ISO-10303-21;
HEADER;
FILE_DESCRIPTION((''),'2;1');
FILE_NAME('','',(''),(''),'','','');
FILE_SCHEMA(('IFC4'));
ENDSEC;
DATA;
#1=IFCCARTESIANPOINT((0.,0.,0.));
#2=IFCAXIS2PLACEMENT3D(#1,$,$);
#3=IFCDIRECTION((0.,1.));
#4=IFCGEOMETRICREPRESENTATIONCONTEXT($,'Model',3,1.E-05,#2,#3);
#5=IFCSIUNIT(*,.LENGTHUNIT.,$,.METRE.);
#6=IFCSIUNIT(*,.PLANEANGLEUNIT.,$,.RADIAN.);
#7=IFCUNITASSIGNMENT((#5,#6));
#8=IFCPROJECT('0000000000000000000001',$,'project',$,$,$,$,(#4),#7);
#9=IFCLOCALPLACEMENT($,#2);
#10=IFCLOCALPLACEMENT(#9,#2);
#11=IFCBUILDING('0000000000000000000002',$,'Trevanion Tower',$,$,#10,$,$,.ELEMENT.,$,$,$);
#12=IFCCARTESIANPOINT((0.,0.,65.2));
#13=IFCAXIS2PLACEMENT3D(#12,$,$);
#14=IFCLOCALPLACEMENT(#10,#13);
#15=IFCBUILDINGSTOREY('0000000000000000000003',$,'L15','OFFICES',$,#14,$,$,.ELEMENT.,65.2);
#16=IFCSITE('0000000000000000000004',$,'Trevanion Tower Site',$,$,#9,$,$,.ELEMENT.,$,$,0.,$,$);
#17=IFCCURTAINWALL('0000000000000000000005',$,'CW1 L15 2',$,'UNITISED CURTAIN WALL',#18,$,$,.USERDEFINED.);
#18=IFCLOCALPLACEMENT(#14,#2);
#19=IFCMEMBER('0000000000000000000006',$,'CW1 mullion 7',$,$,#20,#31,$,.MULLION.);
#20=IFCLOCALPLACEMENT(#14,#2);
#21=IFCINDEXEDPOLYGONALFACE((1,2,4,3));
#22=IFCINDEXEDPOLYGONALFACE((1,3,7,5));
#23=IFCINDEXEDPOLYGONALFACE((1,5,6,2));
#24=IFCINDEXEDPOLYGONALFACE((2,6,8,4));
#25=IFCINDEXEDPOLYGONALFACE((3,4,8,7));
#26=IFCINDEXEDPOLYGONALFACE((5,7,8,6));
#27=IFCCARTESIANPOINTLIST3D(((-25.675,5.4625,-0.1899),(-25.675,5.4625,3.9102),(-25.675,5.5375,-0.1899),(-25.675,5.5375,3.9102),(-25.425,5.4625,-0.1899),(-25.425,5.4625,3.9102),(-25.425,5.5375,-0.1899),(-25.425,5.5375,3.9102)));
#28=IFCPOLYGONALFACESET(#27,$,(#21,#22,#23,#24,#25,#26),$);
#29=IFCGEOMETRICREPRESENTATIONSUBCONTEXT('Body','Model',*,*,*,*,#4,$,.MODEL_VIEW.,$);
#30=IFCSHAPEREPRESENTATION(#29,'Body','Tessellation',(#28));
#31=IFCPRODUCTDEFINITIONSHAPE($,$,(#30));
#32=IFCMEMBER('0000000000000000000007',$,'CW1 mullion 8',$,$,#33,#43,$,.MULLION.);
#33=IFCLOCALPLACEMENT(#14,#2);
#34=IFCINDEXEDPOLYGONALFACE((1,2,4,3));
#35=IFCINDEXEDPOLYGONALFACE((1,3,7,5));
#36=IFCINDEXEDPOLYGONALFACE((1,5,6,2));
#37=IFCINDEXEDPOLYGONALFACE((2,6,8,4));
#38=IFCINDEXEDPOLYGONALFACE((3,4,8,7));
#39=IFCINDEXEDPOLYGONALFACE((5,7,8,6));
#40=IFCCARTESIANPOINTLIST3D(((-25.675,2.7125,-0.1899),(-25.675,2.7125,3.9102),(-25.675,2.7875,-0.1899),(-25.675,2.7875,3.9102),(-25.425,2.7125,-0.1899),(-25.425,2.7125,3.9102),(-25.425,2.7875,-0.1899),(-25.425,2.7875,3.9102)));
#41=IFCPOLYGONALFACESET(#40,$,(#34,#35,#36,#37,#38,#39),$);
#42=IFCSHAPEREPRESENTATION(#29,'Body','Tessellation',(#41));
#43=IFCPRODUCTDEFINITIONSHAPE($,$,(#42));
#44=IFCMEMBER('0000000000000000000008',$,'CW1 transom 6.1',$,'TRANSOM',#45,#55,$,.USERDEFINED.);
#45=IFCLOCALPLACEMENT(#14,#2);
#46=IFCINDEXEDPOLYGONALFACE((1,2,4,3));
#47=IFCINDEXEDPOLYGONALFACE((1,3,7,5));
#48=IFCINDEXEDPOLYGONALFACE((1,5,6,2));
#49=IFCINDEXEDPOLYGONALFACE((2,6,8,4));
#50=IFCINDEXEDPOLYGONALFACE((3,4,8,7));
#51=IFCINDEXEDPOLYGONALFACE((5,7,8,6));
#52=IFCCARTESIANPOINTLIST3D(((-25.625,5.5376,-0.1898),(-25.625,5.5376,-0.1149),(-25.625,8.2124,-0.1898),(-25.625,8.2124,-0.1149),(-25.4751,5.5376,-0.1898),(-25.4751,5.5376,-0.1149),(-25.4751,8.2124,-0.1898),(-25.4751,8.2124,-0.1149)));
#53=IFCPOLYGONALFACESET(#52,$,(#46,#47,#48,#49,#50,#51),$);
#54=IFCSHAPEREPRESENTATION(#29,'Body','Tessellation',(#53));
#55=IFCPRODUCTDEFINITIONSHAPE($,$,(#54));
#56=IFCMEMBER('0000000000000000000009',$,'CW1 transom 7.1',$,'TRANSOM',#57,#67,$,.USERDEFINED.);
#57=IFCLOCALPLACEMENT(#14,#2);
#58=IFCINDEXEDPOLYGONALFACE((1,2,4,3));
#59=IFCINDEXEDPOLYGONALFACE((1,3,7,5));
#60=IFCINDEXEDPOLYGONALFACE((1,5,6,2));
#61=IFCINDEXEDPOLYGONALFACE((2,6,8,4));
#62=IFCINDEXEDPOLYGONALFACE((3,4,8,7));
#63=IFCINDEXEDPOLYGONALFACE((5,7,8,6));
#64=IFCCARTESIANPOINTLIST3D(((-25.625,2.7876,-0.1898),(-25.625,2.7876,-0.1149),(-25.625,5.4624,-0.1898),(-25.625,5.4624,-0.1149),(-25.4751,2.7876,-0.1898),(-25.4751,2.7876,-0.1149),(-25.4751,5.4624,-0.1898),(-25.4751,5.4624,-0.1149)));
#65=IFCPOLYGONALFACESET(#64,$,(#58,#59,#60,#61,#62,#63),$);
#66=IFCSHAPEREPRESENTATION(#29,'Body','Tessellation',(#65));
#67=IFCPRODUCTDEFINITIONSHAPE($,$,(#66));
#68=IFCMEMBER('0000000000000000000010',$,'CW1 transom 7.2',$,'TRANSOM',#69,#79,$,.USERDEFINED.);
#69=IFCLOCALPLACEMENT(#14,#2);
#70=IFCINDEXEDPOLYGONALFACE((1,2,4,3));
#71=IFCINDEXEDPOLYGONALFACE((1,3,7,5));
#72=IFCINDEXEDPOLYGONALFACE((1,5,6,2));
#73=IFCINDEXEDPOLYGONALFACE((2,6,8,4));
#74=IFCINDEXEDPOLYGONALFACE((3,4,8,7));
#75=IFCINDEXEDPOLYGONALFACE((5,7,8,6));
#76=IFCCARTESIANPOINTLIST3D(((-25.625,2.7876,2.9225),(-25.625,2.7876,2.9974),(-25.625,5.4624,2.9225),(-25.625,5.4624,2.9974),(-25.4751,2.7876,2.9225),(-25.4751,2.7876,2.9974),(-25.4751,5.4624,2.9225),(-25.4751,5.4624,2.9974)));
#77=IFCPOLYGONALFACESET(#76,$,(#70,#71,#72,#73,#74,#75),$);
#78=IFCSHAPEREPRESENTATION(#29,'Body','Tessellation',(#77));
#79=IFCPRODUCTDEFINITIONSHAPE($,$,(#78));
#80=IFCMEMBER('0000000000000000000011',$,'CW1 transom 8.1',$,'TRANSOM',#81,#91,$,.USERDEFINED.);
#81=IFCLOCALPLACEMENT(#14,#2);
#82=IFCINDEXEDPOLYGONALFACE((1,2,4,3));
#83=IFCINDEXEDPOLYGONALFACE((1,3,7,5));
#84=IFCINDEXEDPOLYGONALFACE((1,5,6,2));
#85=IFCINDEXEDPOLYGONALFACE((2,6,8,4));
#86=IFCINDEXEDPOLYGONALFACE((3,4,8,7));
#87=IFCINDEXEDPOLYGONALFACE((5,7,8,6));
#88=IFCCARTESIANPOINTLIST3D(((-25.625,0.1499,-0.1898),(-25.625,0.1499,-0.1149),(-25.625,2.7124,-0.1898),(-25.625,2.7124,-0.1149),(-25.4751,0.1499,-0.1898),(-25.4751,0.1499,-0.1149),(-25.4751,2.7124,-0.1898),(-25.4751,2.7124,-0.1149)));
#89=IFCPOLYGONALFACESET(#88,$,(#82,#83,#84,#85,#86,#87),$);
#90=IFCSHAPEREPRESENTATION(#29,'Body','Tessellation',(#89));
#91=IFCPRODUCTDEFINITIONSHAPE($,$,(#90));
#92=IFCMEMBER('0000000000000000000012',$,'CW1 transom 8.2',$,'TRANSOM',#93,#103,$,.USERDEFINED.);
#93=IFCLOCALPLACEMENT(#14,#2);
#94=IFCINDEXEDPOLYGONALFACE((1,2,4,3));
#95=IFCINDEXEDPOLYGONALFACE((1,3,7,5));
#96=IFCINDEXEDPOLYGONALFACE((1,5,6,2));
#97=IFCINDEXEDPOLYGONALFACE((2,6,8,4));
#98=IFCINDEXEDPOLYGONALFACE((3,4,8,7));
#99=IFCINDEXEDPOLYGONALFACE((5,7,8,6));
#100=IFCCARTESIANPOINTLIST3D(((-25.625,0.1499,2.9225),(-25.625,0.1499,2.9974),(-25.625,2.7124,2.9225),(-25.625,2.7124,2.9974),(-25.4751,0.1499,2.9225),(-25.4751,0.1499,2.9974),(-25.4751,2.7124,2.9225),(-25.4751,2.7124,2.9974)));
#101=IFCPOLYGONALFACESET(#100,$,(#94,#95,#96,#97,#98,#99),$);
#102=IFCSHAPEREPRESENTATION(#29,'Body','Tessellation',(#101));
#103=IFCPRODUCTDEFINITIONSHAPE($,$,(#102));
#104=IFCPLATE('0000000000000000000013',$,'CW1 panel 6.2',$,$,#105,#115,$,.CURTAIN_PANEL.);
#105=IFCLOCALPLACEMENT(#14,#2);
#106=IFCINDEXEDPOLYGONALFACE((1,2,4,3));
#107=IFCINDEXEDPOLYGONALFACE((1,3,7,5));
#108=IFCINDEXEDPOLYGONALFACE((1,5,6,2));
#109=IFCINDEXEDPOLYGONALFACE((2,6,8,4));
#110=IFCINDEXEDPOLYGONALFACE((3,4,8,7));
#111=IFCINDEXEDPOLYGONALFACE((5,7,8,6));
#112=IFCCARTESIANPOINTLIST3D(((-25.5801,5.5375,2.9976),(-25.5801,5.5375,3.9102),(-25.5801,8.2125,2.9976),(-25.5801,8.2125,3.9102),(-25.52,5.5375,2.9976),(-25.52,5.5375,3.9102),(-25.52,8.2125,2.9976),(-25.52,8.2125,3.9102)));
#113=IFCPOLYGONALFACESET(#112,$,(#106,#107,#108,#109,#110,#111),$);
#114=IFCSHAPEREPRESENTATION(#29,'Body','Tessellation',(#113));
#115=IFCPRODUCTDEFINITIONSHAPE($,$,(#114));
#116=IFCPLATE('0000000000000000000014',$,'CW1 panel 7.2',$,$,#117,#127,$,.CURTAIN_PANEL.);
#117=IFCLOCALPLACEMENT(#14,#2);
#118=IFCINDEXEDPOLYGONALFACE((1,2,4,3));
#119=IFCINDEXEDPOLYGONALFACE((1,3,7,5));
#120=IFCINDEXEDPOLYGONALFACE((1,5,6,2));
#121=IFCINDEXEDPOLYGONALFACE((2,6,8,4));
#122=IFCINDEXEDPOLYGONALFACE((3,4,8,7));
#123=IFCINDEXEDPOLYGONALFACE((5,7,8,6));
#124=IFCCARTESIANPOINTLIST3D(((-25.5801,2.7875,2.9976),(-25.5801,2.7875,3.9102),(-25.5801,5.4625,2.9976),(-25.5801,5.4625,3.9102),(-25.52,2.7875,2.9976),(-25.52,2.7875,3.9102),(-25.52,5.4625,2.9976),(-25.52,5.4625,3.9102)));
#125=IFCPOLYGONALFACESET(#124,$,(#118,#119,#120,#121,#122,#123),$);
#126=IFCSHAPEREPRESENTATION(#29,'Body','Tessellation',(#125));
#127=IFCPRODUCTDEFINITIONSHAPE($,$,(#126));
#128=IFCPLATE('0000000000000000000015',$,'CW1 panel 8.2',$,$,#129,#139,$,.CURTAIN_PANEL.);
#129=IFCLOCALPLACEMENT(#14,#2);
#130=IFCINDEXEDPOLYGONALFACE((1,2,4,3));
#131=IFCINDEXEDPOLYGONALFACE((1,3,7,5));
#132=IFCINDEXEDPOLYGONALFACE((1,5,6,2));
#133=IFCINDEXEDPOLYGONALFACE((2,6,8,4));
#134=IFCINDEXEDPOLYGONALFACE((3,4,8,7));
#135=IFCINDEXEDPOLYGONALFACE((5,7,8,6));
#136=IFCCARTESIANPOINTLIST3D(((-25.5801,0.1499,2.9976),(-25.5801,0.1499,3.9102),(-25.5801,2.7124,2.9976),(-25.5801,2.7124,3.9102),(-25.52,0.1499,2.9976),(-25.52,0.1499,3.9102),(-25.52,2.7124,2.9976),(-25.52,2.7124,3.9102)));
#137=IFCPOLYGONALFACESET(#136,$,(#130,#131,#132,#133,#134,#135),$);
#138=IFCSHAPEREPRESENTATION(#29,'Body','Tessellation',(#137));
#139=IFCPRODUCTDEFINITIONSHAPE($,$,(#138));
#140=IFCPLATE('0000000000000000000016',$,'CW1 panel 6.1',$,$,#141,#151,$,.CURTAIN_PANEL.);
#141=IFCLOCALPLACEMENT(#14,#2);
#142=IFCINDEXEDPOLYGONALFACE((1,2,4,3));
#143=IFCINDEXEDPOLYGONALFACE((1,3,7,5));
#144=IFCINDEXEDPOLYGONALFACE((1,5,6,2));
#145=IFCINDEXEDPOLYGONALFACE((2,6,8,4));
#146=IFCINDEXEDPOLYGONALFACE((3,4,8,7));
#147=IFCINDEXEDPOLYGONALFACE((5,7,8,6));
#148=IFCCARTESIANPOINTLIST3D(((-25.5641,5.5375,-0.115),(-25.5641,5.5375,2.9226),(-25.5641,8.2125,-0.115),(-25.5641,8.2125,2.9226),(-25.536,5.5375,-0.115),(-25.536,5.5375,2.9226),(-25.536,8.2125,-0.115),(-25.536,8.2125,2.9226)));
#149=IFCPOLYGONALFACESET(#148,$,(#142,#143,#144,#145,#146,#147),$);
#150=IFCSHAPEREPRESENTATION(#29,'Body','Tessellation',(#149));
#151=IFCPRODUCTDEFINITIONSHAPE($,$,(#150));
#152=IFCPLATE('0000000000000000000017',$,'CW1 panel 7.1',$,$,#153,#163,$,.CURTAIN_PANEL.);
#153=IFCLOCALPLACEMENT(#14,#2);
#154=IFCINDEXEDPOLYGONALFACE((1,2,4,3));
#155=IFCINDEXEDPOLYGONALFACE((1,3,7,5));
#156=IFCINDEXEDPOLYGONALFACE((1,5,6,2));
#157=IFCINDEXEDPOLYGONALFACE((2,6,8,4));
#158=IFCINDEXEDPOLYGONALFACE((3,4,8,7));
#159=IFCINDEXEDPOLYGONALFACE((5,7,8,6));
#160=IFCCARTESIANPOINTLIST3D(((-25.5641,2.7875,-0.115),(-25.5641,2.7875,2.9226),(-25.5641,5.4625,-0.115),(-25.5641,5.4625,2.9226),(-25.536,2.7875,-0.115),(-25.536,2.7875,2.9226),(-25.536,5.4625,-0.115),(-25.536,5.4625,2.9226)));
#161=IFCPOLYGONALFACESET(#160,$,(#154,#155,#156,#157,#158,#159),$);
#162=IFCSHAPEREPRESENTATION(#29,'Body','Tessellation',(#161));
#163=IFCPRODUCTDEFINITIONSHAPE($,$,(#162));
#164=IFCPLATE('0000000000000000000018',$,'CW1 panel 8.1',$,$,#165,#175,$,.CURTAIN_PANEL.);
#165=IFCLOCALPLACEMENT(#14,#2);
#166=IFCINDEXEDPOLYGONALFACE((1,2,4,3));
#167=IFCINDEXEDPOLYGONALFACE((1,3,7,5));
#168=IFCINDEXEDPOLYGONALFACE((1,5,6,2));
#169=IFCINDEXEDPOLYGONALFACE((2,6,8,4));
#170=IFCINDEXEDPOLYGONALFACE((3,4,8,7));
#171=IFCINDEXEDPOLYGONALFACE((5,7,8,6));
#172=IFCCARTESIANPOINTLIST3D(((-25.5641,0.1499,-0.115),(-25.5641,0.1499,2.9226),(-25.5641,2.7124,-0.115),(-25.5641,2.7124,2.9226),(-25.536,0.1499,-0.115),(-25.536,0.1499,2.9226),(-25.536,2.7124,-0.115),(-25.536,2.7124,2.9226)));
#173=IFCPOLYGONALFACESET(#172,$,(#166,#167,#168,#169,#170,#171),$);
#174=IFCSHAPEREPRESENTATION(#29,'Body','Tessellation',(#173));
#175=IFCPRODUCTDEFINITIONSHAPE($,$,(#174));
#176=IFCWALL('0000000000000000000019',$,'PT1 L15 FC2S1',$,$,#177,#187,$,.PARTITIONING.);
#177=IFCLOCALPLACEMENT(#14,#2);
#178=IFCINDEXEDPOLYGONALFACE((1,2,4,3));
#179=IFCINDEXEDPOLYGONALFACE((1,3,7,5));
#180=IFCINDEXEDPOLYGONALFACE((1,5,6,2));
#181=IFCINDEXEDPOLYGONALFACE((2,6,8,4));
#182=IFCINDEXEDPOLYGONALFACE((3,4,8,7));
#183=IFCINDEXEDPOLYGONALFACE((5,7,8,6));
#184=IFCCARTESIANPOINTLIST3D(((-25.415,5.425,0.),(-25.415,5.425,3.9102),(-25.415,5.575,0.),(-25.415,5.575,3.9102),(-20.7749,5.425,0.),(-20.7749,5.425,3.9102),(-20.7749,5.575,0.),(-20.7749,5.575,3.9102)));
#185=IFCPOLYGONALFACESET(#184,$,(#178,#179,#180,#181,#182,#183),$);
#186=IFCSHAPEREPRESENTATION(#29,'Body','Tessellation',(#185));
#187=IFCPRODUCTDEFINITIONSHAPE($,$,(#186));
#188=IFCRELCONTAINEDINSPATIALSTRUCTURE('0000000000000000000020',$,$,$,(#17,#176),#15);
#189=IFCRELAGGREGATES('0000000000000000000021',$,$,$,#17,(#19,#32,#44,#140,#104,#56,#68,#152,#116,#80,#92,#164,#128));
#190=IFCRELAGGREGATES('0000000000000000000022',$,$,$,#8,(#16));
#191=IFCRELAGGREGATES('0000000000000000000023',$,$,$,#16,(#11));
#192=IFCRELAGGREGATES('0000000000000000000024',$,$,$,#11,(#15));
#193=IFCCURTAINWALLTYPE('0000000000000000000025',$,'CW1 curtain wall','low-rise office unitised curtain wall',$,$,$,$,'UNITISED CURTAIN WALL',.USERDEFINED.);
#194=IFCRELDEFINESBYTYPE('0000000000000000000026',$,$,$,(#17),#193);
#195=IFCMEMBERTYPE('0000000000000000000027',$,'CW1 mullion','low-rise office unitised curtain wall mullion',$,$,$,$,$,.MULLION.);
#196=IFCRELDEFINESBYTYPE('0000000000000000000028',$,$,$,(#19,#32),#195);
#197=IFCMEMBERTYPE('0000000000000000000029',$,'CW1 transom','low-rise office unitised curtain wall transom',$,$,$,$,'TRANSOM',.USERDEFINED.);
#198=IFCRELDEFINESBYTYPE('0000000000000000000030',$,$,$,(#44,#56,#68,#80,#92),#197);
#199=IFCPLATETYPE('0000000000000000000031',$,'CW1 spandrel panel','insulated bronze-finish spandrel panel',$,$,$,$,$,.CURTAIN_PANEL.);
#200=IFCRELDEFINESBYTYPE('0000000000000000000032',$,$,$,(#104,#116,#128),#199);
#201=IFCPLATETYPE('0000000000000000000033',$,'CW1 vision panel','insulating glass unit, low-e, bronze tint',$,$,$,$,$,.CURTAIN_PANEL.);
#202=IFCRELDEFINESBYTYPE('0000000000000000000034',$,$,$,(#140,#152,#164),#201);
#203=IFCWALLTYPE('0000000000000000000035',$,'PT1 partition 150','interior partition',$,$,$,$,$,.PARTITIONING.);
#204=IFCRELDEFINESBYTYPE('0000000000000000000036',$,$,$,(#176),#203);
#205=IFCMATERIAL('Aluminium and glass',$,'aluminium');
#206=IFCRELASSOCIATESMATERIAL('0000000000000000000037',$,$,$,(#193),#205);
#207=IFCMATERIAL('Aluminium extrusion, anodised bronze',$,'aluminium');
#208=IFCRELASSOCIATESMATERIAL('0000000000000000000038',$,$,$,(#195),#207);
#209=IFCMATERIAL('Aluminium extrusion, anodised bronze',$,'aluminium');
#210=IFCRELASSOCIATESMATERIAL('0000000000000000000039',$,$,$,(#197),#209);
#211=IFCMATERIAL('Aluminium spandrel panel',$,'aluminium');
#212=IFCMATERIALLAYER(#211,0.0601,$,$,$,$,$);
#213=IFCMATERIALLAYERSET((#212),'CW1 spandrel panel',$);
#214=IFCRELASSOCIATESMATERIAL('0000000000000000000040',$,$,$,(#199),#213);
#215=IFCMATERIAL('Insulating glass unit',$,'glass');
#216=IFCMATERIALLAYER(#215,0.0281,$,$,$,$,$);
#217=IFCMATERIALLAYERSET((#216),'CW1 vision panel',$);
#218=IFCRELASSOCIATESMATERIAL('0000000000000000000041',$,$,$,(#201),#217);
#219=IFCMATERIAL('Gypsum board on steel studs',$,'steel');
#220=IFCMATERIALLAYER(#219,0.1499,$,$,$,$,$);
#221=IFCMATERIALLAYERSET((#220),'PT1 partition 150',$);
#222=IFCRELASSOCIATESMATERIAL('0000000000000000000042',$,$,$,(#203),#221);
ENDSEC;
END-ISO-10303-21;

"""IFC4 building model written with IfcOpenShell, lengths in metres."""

from ifc_helpers import new_model, si_unit, direction, frame, frame_2d, origin, origin_2d, place, context, subcontext, project, spatial, rectangle, extrude, material, layer, layer_set, material_profile, profile_set, type_object, element, aggregate, save


model = new_model("IFC4")

# Units and contexts
model_context = context("Model", 3, precision=1e-05, world=origin(), true_north=direction((0.0, 1.0)))
body_context = subcontext(model_context, "Body", "Model", "MODEL_VIEW")
ifc_project = project(units=[si_unit("LENGTHUNIT", "METRE"), si_unit("PLANEANGLEUNIT", "RADIAN")], contexts=[model_context])

# Site, building, storey
site_placement = place(None, origin())
site = spatial("IfcSite", under=ifc_project, at=site_placement, Name="Trevanion Tower Site", CompositionType="ELEMENT", RefElevation=0.0)
building_placement = place(site_placement, origin())
building = spatial("IfcBuilding", under=site, at=building_placement, Name="Trevanion Tower", CompositionType="ELEMENT")
storey_placement = place(building_placement, frame((0.0, 0.0, 65.2)))
storey = spatial("IfcBuildingStorey", under=building, at=storey_placement, Name="L15", Description="OFFICES", CompositionType="ELEMENT", Elevation=65.2)

# Curtain wall, members, plates
ifc_material_1 = material(Name="Aluminium and glass", Category="aluminium")
curtain_wall_type = type_object("IfcCurtainWallType", Name="CW1 curtain wall", Description="low-rise office unitised curtain wall", ElementType="UNITISED CURTAIN WALL", PredefinedType="USERDEFINED", material=ifc_material_1)
curtain_wall_placement = place(storey_placement, origin())
curtain_wall = element("IfcCurtainWall", 1, at=curtain_wall_placement, inside=storey, type_object=curtain_wall_type, Name="CW1 L15 2", ObjectType="UNITISED CURTAIN WALL", PredefinedType="USERDEFINED")
ifc_material_2 = material(Name="Aluminium extrusion, anodised bronze", Category="aluminium")
ifc_material_profile_1 = material_profile(ifc_material_2, rectangle(XDim=0.075, YDim=0.25, at=origin_2d()), Name="CW1 mullion")
ifc_profile_set_1 = profile_set([ifc_material_profile_1], Name="Aluminium extrusion, anodised bronze")
member_type_1 = type_object("IfcMemberType", Name="CW1 mullion", Description="low-rise office unitised curtain wall mullion", PredefinedType="MULLION", material=ifc_profile_set_1)
member_1_placement = place(storey_placement, frame((-25.55, 5.5, -0.1899), z_axis=(0.0, 0.0, 1.0), x_axis=(0.0, -1.0, 0.0)))
member_1 = element("IfcMember", 2, at=member_1_placement, type_object=member_type_1, Name="CW1 mullion 7", PredefinedType="MULLION", context=body_context, shape_type="SweptSolid", body=[
    extrude(rectangle(XDim=0.075, YDim=0.25, at=origin_2d()), origin(), (0.0, 0.0, 1.0), 4.1001),
])
member_2_placement = place(storey_placement, frame((-25.55, 2.75, -0.1899), z_axis=(0.0, 0.0, 1.0), x_axis=(0.0, -1.0, 0.0)))
member_2 = element("IfcMember", 3, at=member_2_placement, type_object=member_type_1, Name="CW1 mullion 8", PredefinedType="MULLION", context=body_context, shape_type="SweptSolid", body=[
    extrude(rectangle(XDim=0.075, YDim=0.25, at=origin_2d()), origin(), (0.0, 0.0, 1.0), 4.1001),
])
ifc_material_3 = material(Name="Aluminium extrusion, anodised bronze", Category="aluminium")
ifc_material_profile_2 = material_profile(ifc_material_3, rectangle(XDim=0.1499, YDim=0.075, at=origin_2d()), Name="CW1 transom")
ifc_profile_set_2 = profile_set([ifc_material_profile_2], Name="Aluminium extrusion, anodised bronze")
member_type_2 = type_object("IfcMemberType", Name="CW1 transom", Description="low-rise office unitised curtain wall transom", ElementType="TRANSOM", PredefinedType="USERDEFINED", material=ifc_profile_set_2)
member_3_placement = place(storey_placement, frame((-25.55, 8.2124, -0.1523), z_axis=(0.0, -1.0, 0.0), x_axis=(1.0, 0.0, 0.0)))
member_3 = element("IfcMember", 4, at=member_3_placement, type_object=member_type_2, Name="CW1 transom 6.1", ObjectType="TRANSOM", PredefinedType="USERDEFINED", context=body_context, shape_type="SweptSolid", body=[
    extrude(rectangle(XDim=0.1499, YDim=0.075, at=origin_2d()), origin(), (0.0, 0.0, 1.0), 2.6748),
])
member_4_placement = place(storey_placement, frame((-25.55, 5.4624, -0.1523), z_axis=(0.0, -1.0, 0.0), x_axis=(1.0, 0.0, 0.0)))
member_4 = element("IfcMember", 5, at=member_4_placement, type_object=member_type_2, Name="CW1 transom 7.1", ObjectType="TRANSOM", PredefinedType="USERDEFINED", context=body_context, shape_type="SweptSolid", body=[
    extrude(rectangle(XDim=0.1499, YDim=0.075, at=origin_2d()), origin(), (0.0, 0.0, 1.0), 2.6748),
])
member_5_placement = place(storey_placement, frame((-25.55, 5.4624, 2.96), z_axis=(0.0, -1.0, 0.0), x_axis=(1.0, 0.0, 0.0)))
member_5 = element("IfcMember", 6, at=member_5_placement, type_object=member_type_2, Name="CW1 transom 7.2", ObjectType="TRANSOM", PredefinedType="USERDEFINED", context=body_context, shape_type="SweptSolid", body=[
    extrude(rectangle(XDim=0.1499, YDim=0.075, at=origin_2d()), origin(), (0.0, 0.0, 1.0), 2.6748),
])
member_6_placement = place(storey_placement, frame((-25.55, 2.7124, -0.1523), z_axis=(0.0, -1.0, 0.0), x_axis=(1.0, 0.0, 0.0)))
member_6 = element("IfcMember", 7, at=member_6_placement, type_object=member_type_2, Name="CW1 transom 8.1", ObjectType="TRANSOM", PredefinedType="USERDEFINED", context=body_context, shape_type="SweptSolid", body=[
    extrude(rectangle(XDim=0.1499, YDim=0.075, at=origin_2d()), origin(), (0.0, 0.0, 1.0), 2.5625),
])
member_7_placement = place(storey_placement, frame((-25.55, 2.7124, 2.96), z_axis=(0.0, -1.0, 0.0), x_axis=(1.0, 0.0, 0.0)))
member_7 = element("IfcMember", 8, at=member_7_placement, type_object=member_type_2, Name="CW1 transom 8.2", ObjectType="TRANSOM", PredefinedType="USERDEFINED", context=body_context, shape_type="SweptSolid", body=[
    extrude(rectangle(XDim=0.1499, YDim=0.075, at=origin_2d()), origin(), (0.0, 0.0, 1.0), 2.5625),
])
ifc_material_4 = material(Name="Aluminium spandrel panel", Category="aluminium")
ifc_layer_1 = layer(ifc_material_4, 0.0601)
ifc_layer_set_1 = layer_set([ifc_layer_1], Name="CW1 spandrel panel")
plate_type_1 = type_object("IfcPlateType", Name="CW1 spandrel panel", Description="insulated bronze-finish spandrel panel", PredefinedType="CURTAIN_PANEL", material=ifc_layer_set_1)
plate_1_placement = place(storey_placement, frame((-25.55, 6.875, 2.9976), z_axis=(0.0, 0.0, 1.0), x_axis=(0.0, -1.0, 0.0)))
plate_1 = element("IfcPlate", 9, at=plate_1_placement, type_object=plate_type_1, Name="CW1 panel 6.2", PredefinedType="CURTAIN_PANEL", context=body_context, shape_type="SweptSolid", body=[
    extrude(rectangle(XDim=2.675, YDim=0.0601, at=origin_2d()), origin(), (0.0, 0.0, 1.0), 0.9126),
])
plate_2_placement = place(storey_placement, frame((-25.55, 4.125, 2.9976), z_axis=(0.0, 0.0, 1.0), x_axis=(0.0, -1.0, 0.0)))
plate_2 = element("IfcPlate", 10, at=plate_2_placement, type_object=plate_type_1, Name="CW1 panel 7.2", PredefinedType="CURTAIN_PANEL", context=body_context, shape_type="SweptSolid", body=[
    extrude(rectangle(XDim=2.675, YDim=0.0601, at=origin_2d()), origin(), (0.0, 0.0, 1.0), 0.9126),
])
plate_3_placement = place(storey_placement, frame((-25.55, 1.4312, 2.9976), z_axis=(0.0, 0.0, 1.0), x_axis=(0.0, -1.0, 0.0)))
plate_3 = element("IfcPlate", 11, at=plate_3_placement, type_object=plate_type_1, Name="CW1 panel 8.2", PredefinedType="CURTAIN_PANEL", context=body_context, shape_type="SweptSolid", body=[
    extrude(rectangle(XDim=2.5625, YDim=0.0601, at=origin_2d()), origin(), (0.0, 0.0, 1.0), 0.9126),
])
ifc_material_5 = material(Name="Insulating glass unit", Category="glass")
ifc_layer_2 = layer(ifc_material_5, 0.0281)
ifc_layer_set_2 = layer_set([ifc_layer_2], Name="CW1 vision panel")
plate_type_2 = type_object("IfcPlateType", Name="CW1 vision panel", Description="insulating glass unit, low-e, bronze tint", PredefinedType="CURTAIN_PANEL", material=ifc_layer_set_2)
plate_4_placement = place(storey_placement, frame((-25.55, 6.875, -0.115), z_axis=(0.0, 0.0, 1.0), x_axis=(0.0, -1.0, 0.0)))
plate_4 = element("IfcPlate", 12, at=plate_4_placement, type_object=plate_type_2, Name="CW1 panel 6.1", PredefinedType="CURTAIN_PANEL", context=body_context, shape_type="SweptSolid", body=[
    extrude(rectangle(XDim=2.675, YDim=0.0281, at=origin_2d()), origin(), (0.0, 0.0, 1.0), 3.0376),
])
plate_5_placement = place(storey_placement, frame((-25.55, 4.125, -0.115), z_axis=(0.0, 0.0, 1.0), x_axis=(0.0, -1.0, 0.0)))
plate_5 = element("IfcPlate", 13, at=plate_5_placement, type_object=plate_type_2, Name="CW1 panel 7.1", PredefinedType="CURTAIN_PANEL", context=body_context, shape_type="SweptSolid", body=[
    extrude(rectangle(XDim=2.675, YDim=0.0281, at=origin_2d()), origin(), (0.0, 0.0, 1.0), 3.0376),
])
plate_6_placement = place(storey_placement, frame((-25.55, 1.4312, -0.115), z_axis=(0.0, 0.0, 1.0), x_axis=(0.0, -1.0, 0.0)))
plate_6 = element("IfcPlate", 14, at=plate_6_placement, type_object=plate_type_2, Name="CW1 panel 8.1", PredefinedType="CURTAIN_PANEL", context=body_context, shape_type="SweptSolid", body=[
    extrude(rectangle(XDim=2.5625, YDim=0.0281, at=origin_2d()), origin(), (0.0, 0.0, 1.0), 3.0376),
])
aggregate(curtain_wall, [member_1, member_2, member_3, plate_4, plate_1, member_4, member_5, plate_5, plate_2, member_6, member_7, plate_6, plate_3])

# Wall
ifc_material_6 = material(Name="Gypsum board on steel studs", Category="steel")
ifc_layer_3 = layer(ifc_material_6, 0.1499)
ifc_layer_set_3 = layer_set([ifc_layer_3], Name="PT1 partition 150")
wall_type = type_object("IfcWallType", Name="PT1 partition 150", Description="interior partition", PredefinedType="PARTITIONING", material=ifc_layer_set_3)
for number, where, z_axis, x_axis, name in (
    (15, (-20.7749, 5.5, 0.0), (0.0, 0.0, 1.0), (-1.0, 0.0, 0.0), "PT1 L15 FC2S1"),
):
    element("IfcWall", number, at=place(storey_placement, frame(where, z_axis=z_axis, x_axis=x_axis)), inside=storey, type_object=wall_type, Name=name, PredefinedType="PARTITIONING", context=body_context, shape_type="SweptSolid", body=[
        extrude(rectangle(XDim=4.6401, YDim=0.1499, at=frame_2d((2.3201, 0.0))), origin(), (0.0, 0.0, 1.0), 3.9102),
    ])

save(model, "model.ifc")
